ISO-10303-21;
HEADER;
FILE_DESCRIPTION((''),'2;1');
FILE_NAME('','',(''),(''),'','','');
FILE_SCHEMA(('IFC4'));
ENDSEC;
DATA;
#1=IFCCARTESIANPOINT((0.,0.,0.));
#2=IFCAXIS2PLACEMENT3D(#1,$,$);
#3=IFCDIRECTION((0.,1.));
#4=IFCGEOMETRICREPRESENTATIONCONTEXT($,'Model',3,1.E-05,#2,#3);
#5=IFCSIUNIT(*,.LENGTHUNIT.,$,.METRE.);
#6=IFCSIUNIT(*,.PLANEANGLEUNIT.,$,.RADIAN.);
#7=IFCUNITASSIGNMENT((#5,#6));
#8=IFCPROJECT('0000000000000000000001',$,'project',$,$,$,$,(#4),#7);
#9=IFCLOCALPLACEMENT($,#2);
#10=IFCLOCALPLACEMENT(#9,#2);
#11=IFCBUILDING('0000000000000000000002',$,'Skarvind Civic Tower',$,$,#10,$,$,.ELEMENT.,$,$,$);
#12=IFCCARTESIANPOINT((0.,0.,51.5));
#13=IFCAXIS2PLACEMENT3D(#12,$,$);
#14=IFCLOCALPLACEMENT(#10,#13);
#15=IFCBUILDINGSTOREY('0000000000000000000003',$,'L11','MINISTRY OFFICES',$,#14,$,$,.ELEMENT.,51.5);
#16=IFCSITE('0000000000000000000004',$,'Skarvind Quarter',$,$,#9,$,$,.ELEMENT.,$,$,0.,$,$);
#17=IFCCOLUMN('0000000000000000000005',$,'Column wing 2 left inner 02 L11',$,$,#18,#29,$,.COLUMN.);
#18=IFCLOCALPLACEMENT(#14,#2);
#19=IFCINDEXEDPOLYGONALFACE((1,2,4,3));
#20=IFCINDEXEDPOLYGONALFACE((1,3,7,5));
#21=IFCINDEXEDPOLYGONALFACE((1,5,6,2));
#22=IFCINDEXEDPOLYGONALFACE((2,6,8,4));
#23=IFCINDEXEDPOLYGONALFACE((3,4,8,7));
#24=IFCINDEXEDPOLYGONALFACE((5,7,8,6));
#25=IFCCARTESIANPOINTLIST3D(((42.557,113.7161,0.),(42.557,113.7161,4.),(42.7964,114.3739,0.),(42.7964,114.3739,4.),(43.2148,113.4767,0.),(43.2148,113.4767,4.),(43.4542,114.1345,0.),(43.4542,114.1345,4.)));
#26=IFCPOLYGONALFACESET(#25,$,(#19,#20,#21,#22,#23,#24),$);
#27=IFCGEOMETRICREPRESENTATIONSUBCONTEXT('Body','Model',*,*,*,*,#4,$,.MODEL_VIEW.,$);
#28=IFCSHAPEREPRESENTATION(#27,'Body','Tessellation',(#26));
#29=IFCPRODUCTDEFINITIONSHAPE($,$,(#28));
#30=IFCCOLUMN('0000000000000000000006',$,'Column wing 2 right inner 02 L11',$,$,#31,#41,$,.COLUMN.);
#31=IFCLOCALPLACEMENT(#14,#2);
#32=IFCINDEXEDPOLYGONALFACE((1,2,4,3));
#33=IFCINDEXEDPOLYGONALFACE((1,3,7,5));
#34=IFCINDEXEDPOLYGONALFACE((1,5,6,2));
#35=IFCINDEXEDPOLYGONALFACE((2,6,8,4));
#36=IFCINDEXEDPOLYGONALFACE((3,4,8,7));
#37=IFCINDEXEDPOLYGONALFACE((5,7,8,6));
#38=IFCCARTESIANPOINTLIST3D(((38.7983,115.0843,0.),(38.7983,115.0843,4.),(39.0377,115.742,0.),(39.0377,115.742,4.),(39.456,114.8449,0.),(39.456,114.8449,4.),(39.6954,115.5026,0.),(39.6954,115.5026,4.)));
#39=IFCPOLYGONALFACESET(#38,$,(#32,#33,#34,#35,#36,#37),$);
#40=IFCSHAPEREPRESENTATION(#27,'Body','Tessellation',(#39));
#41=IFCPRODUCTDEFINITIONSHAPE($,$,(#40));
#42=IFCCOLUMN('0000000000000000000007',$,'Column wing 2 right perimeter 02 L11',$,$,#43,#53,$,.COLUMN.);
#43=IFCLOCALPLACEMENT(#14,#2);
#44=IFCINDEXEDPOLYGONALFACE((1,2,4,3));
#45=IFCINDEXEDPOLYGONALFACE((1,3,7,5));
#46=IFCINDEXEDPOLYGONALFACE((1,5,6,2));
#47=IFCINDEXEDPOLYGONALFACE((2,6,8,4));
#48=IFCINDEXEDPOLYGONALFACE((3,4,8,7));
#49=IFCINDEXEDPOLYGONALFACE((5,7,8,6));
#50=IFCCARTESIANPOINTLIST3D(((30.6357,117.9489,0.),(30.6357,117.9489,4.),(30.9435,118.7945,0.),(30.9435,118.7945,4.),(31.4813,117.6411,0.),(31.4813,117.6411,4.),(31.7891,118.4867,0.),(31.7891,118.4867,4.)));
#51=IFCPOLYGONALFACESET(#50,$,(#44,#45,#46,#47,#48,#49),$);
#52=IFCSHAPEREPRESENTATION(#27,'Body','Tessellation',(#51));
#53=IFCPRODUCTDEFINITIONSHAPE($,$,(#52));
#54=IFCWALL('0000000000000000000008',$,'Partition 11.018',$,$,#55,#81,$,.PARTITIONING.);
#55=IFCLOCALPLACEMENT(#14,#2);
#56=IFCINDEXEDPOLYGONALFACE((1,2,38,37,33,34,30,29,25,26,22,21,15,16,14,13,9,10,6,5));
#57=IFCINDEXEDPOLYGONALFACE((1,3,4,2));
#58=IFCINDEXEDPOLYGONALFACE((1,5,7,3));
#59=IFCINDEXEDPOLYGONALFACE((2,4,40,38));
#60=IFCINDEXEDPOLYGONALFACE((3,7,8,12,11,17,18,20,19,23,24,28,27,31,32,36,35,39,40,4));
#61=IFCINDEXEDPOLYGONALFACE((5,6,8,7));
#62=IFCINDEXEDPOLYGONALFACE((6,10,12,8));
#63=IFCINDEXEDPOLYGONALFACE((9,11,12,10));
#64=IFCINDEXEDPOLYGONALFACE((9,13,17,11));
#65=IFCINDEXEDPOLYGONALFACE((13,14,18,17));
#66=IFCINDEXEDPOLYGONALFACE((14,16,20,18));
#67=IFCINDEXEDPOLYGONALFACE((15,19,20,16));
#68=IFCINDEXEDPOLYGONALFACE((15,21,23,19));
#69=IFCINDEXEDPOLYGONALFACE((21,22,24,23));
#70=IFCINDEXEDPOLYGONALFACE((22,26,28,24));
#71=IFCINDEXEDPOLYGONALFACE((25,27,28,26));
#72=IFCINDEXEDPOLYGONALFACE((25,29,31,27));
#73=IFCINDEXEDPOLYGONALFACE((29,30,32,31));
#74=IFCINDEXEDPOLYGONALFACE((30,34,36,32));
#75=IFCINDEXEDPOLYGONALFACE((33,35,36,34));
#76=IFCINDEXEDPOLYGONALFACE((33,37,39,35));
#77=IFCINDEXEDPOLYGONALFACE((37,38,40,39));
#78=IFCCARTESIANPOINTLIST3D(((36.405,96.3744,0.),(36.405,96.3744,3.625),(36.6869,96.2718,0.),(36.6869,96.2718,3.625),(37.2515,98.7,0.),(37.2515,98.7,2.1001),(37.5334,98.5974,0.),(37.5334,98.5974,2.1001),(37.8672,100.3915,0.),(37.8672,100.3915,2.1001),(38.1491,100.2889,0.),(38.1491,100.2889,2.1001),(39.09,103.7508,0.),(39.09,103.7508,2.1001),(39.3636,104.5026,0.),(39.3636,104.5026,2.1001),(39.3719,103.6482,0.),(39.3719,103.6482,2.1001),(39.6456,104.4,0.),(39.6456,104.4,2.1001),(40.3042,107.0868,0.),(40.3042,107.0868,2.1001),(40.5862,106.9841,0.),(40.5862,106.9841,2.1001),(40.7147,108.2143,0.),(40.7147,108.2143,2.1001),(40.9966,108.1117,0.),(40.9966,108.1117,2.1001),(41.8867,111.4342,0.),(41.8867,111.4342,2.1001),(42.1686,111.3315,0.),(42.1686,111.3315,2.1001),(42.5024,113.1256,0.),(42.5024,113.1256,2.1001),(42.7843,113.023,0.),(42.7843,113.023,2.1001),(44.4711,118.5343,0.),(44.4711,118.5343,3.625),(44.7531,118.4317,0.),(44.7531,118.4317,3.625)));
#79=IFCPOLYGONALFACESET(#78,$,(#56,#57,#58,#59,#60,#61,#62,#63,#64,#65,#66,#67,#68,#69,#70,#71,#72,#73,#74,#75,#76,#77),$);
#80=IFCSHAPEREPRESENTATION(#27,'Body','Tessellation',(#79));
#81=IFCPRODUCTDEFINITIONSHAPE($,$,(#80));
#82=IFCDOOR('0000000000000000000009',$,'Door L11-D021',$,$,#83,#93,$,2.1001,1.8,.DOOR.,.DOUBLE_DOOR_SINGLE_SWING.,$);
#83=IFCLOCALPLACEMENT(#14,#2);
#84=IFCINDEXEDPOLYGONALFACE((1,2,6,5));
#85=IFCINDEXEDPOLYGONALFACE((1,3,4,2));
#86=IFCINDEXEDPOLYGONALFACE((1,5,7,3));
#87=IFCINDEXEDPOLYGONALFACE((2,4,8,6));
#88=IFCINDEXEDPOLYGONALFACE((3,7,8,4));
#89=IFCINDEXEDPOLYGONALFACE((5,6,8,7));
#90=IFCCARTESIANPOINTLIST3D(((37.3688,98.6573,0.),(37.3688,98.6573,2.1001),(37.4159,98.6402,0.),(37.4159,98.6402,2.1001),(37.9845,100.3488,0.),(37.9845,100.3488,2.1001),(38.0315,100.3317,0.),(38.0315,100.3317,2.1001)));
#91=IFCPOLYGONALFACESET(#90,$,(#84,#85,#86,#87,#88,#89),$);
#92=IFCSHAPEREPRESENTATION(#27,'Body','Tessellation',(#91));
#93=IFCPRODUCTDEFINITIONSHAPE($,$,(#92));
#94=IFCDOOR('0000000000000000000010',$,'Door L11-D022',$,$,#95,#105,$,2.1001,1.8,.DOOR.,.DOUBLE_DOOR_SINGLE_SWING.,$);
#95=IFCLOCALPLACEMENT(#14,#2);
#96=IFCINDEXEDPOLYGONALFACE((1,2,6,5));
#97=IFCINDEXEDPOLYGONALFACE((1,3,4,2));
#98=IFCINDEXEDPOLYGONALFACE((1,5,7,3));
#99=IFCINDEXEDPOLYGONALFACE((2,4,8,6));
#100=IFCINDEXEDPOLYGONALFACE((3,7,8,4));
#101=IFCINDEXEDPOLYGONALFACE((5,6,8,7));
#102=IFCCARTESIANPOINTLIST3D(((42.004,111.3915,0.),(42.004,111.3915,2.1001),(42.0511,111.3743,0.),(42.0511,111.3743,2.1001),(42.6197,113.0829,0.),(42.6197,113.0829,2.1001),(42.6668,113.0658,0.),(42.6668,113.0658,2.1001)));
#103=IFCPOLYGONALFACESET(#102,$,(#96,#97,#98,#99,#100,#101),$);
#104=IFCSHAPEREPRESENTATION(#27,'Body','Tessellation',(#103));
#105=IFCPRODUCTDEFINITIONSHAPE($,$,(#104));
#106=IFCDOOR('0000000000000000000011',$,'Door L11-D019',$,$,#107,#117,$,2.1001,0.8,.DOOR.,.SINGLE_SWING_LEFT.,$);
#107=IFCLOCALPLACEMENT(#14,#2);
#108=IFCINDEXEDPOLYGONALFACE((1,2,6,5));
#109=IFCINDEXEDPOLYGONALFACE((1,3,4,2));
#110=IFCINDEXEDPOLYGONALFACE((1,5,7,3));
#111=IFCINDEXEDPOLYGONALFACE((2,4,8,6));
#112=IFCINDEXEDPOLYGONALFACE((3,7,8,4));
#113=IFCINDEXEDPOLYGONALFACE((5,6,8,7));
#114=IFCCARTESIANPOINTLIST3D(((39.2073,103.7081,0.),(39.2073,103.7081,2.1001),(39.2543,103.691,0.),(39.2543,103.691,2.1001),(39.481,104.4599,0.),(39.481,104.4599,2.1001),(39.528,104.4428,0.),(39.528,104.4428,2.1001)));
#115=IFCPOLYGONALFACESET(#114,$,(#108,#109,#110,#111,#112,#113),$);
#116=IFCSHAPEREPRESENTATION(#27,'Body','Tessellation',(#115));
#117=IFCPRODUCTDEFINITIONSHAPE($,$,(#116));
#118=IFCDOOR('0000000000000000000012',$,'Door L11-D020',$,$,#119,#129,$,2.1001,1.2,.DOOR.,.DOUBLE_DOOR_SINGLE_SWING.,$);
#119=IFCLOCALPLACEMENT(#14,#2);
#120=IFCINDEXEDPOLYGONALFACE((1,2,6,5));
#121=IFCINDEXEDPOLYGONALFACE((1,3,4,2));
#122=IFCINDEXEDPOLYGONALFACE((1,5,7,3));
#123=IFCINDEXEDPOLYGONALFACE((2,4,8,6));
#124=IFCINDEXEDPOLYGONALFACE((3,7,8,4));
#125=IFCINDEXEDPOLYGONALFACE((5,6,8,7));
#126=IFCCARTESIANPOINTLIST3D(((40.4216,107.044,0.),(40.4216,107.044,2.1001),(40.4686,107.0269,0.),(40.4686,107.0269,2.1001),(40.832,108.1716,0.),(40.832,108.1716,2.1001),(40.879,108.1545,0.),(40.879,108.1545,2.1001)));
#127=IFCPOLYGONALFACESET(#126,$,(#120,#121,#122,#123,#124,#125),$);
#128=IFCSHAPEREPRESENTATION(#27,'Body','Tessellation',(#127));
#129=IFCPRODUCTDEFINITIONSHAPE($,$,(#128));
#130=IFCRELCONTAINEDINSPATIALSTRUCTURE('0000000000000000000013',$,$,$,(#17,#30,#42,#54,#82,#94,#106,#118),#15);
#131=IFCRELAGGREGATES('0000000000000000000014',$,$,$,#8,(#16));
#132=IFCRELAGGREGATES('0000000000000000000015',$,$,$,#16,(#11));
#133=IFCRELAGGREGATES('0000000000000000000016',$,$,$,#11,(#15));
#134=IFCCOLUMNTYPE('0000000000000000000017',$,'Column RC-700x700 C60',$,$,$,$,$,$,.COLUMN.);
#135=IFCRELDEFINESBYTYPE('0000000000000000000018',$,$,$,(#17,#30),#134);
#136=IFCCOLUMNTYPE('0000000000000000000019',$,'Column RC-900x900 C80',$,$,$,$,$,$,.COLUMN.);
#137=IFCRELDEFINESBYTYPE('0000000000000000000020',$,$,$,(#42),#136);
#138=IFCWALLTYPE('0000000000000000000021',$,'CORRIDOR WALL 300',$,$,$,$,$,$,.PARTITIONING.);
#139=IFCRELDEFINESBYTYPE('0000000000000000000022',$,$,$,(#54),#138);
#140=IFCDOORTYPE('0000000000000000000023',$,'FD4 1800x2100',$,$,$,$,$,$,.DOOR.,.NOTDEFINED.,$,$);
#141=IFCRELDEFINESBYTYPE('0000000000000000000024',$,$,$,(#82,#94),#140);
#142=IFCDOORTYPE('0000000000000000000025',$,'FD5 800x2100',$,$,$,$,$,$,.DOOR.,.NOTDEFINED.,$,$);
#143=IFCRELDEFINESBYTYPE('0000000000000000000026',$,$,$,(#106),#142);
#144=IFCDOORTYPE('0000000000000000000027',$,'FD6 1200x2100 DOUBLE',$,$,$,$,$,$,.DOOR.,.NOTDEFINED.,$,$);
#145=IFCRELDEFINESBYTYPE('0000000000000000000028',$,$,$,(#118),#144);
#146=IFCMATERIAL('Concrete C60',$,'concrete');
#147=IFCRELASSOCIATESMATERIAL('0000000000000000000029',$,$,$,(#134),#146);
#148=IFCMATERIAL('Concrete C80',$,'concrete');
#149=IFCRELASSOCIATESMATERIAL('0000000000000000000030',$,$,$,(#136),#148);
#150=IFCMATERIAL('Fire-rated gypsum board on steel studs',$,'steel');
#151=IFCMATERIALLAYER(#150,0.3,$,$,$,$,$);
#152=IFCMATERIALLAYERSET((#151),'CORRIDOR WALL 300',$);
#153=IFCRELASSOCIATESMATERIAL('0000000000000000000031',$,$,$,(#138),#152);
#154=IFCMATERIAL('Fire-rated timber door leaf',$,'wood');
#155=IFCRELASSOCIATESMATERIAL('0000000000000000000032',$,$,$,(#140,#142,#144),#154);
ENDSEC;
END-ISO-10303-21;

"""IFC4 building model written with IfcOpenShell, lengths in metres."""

from ifc_helpers import new_model, si_unit, direction, frame, frame_2d, origin, origin_2d, place, context, subcontext, project, spatial, rectangle, extrude, material, layer, layer_set, material_profile, profile_set, type_object, element, fill, save


model = new_model("IFC4")

# Units and contexts
model_context = context("Model", 3, precision=1e-05, world=origin(), true_north=direction((0.0, 1.0)))
body_context = subcontext(model_context, "Body", "Model", "MODEL_VIEW")
ifc_project = project(units=[si_unit("LENGTHUNIT", "METRE"), si_unit("PLANEANGLEUNIT", "RADIAN")], contexts=[model_context])

# Site, building, storey
site_placement = place(None, origin())
site = spatial("IfcSite", under=ifc_project, at=site_placement, Name="Skarvind Quarter", CompositionType="ELEMENT", RefElevation=0.0)
building_placement = place(site_placement, origin())
building = spatial("IfcBuilding", under=site, at=building_placement, Name="Skarvind Civic Tower", CompositionType="ELEMENT")
storey_placement = place(building_placement, frame((0.0, 0.0, 51.5)))
storey = spatial("IfcBuildingStorey", under=building, at=storey_placement, Name="L11", Description="MINISTRY OFFICES", CompositionType="ELEMENT", Elevation=51.5)

# Columns
ifc_material_1 = material(Name="Concrete C60", Category="concrete")
ifc_material_profile_1 = material_profile(ifc_material_1, rectangle(XDim=0.7, YDim=0.7, at=origin_2d()), Name="RC-700x700")
ifc_profile_set_1 = profile_set([ifc_material_profile_1], Name="Concrete C60")
column_type_1 = type_object("IfcColumnType", Name="Column RC-700x700 C60", PredefinedType="COLUMN", material=ifc_profile_set_1)
for number, where, z_axis, x_axis, name in (
    (1, (43.0056, 113.9253, 0.0), (0.0, 0.0, 1.0), (-0.34202, -0.939693, 0.0), "Column wing 2 left inner 02 L11"),
    (2, (39.2468, 115.2935, 0.0), (0.0, 0.0, 1.0), (-0.34202, -0.939693, 0.0), "Column wing 2 right inner 02 L11"),
):
    element("IfcColumn", number, at=place(storey_placement, frame(where, z_axis=z_axis, x_axis=x_axis)), inside=storey, type_object=column_type_1, Name=name, PredefinedType="COLUMN", context=body_context, shape_type="SweptSolid", body=[
        extrude(rectangle(XDim=0.7, YDim=0.7, at=origin_2d()), origin(), (0.0, 0.0, 1.0), 4.0),
    ])
ifc_material_2 = material(Name="Concrete C80", Category="concrete")
ifc_material_profile_2 = material_profile(ifc_material_2, rectangle(XDim=0.8999, YDim=0.8999, at=origin_2d()), Name="RC-900x900")
ifc_profile_set_2 = profile_set([ifc_material_profile_2], Name="Concrete C80")
column_type_2 = type_object("IfcColumnType", Name="Column RC-900x900 C80", PredefinedType="COLUMN", material=ifc_profile_set_2)
column_placement = place(storey_placement, frame((31.2124, 118.2178, 0.0), z_axis=(0.0, 0.0, 1.0), x_axis=(-0.34202, -0.939693, 0.0)))
element("IfcColumn", 3, at=column_placement, inside=storey, type_object=column_type_2, Name="Column wing 2 right perimeter 02 L11", PredefinedType="COLUMN", context=body_context, shape_type="SweptSolid", body=[
    extrude(rectangle(XDim=0.8999, YDim=0.8999, at=origin_2d()), origin(), (0.0, 0.0, 1.0), 4.0),
])

# Wall, openings, doors
ifc_material_3 = material(Name="Fire-rated gypsum board on steel studs", Category="steel")
ifc_layer_1 = layer(ifc_material_3, 0.3)
ifc_layer_set_1 = layer_set([ifc_layer_1], Name="CORRIDOR WALL 300")
wall_type_1 = type_object("IfcWallType", Name="CORRIDOR WALL 300", PredefinedType="PARTITIONING", material=ifc_layer_set_1)
wall_1_placement = place(storey_placement, frame((44.6121, 118.4829, 0.0), z_axis=(0.0, 0.0, 1.0), x_axis=(-0.342043, -0.939684, 0.0)))
wall_1 = element("IfcWall", 4, at=wall_1_placement, inside=storey, type_object=wall_type_1, Name="Partition 11.018", PredefinedType="PARTITIONING", context=body_context, shape_type="SweptSolid", body=[
    extrude(rectangle(XDim=23.5823, YDim=0.3, at=frame_2d((11.791, 0.0))), origin(), (0.0, 0.0, 1.0), 3.625),
])
opening_1_placement = place(wall_1_placement, frame((14.9324, 0.0, 0.0)))
opening_1 = element("IfcOpeningElement", 5, at=opening_1_placement, cuts=wall_1, PredefinedType="OPENING", context=body_context, shape_type="SweptSolid", body=[
    extrude(rectangle(XDim=0.8, YDim=2.1001, at=frame_2d((0.3999, 1.05))), frame((0.0, 0.1599, 0.0), z_axis=(0.0, -1.0, 0.0), x_axis=(1.0, 0.0, 0.0)), (0.0, 0.0, 1.0), 0.3201),
])
opening_2_placement = place(wall_1_placement, frame((10.9822, 0.0, 0.0)))
opening_2 = element("IfcOpeningElement", 6, at=opening_2_placement, cuts=wall_1, PredefinedType="OPENING", context=body_context, shape_type="SweptSolid", body=[
    extrude(rectangle(XDim=1.2, YDim=2.1001, at=frame_2d((0.6001, 1.05))), frame((0.0, 0.1599, 0.0), z_axis=(0.0, -1.0, 0.0), x_axis=(1.0, 0.0, 0.0)), (0.0, 0.0, 1.0), 0.3201),
])
opening_3_placement = place(wall_1_placement, frame((19.3074, 0.0, 0.0)))
opening_3 = element("IfcOpeningElement", 7, at=opening_3_placement, cuts=wall_1, PredefinedType="OPENING", context=body_context, shape_type="SweptSolid", body=[
    extrude(rectangle(XDim=1.8, YDim=2.1001, at=frame_2d((0.8999, 1.05))), frame((0.0, 0.1599, 0.0), z_axis=(0.0, -1.0, 0.0), x_axis=(1.0, 0.0, 0.0)), (0.0, 0.0, 1.0), 0.3201),
])
opening_4_placement = place(wall_1_placement, frame((5.7559, 0.0, 0.0)))
opening_4 = element("IfcOpeningElement", 8, at=opening_4_placement, cuts=wall_1, PredefinedType="OPENING", context=body_context, shape_type="SweptSolid", body=[
    extrude(rectangle(XDim=1.8, YDim=2.1001, at=frame_2d((0.8999, 1.05))), frame((0.0, 0.1599, 0.0), z_axis=(0.0, -1.0, 0.0), x_axis=(1.0, 0.0, 0.0)), (0.0, 0.0, 1.0), 0.3201),
])
ifc_material_4 = material(Name="Fire-rated timber door leaf", Category="wood")
door_type_1 = type_object("IfcDoorType", Name="FD4 1800x2100", OperationType="NOTDEFINED", PredefinedType="DOOR", material=ifc_material_4)
door_1_placement = place(opening_3_placement, origin())
door_1 = element("IfcDoor", 9, at=door_1_placement, inside=storey, type_object=door_type_1, Name="Door L11-D021", OperationType="DOUBLE_DOOR_SINGLE_SWING", OverallHeight=2.1001, OverallWidth=1.8, PredefinedType="DOOR", context=body_context, shape_type="SweptSolid", body=[
    extrude(rectangle(XDim=1.8, YDim=2.1001, at=frame_2d((0.8999, 1.05))), frame((0.0, 0.0249, 0.0), z_axis=(0.0, -1.0, 0.0), x_axis=(1.0, 0.0, 0.0)), (0.0, 0.0, 1.0), 0.05),
])
fill(opening_3, door_1)
door_2_placement = place(opening_4_placement, origin())
door_2 = element("IfcDoor", 10, at=door_2_placement, inside=storey, type_object=door_type_1, Name="Door L11-D022", OperationType="DOUBLE_DOOR_SINGLE_SWING", OverallHeight=2.1001, OverallWidth=1.8, PredefinedType="DOOR", context=body_context, shape_type="SweptSolid", body=[
    extrude(rectangle(XDim=1.8, YDim=2.1001, at=frame_2d((0.8999, 1.05))), frame((0.0, 0.0249, 0.0), z_axis=(0.0, -1.0, 0.0), x_axis=(1.0, 0.0, 0.0)), (0.0, 0.0, 1.0), 0.05),
])
fill(opening_4, door_2)
door_type_2 = type_object("IfcDoorType", Name="FD5 800x2100", OperationType="NOTDEFINED", PredefinedType="DOOR", material=ifc_material_4)
door_3_placement = place(opening_1_placement, origin())
door_3 = element("IfcDoor", 11, at=door_3_placement, inside=storey, type_object=door_type_2, Name="Door L11-D019", OperationType="SINGLE_SWING_LEFT", OverallHeight=2.1001, OverallWidth=0.8, PredefinedType="DOOR", context=body_context, shape_type="SweptSolid", body=[
    extrude(rectangle(XDim=0.8, YDim=2.1001, at=frame_2d((0.3999, 1.05))), frame((0.0, 0.0249, 0.0), z_axis=(0.0, -1.0, 0.0), x_axis=(1.0, 0.0, 0.0)), (0.0, 0.0, 1.0), 0.05),
])
fill(opening_1, door_3)
door_type_3 = type_object("IfcDoorType", Name="FD6 1200x2100 DOUBLE", OperationType="NOTDEFINED", PredefinedType="DOOR", material=ifc_material_4)
door_4_placement = place(opening_2_placement, origin())
door_4 = element("IfcDoor", 12, at=door_4_placement, inside=storey, type_object=door_type_3, Name="Door L11-D020", OperationType="DOUBLE_DOOR_SINGLE_SWING", OverallHeight=2.1001, OverallWidth=1.2, PredefinedType="DOOR", context=body_context, shape_type="SweptSolid", body=[
    extrude(rectangle(XDim=1.2, YDim=2.1001, at=frame_2d((0.6001, 1.05))), frame((0.0, 0.0249, 0.0), z_axis=(0.0, -1.0, 0.0), x_axis=(1.0, 0.0, 0.0)), (0.0, 0.0, 1.0), 0.05),
])
fill(opening_2, door_4)

save(model, "model.ifc")
